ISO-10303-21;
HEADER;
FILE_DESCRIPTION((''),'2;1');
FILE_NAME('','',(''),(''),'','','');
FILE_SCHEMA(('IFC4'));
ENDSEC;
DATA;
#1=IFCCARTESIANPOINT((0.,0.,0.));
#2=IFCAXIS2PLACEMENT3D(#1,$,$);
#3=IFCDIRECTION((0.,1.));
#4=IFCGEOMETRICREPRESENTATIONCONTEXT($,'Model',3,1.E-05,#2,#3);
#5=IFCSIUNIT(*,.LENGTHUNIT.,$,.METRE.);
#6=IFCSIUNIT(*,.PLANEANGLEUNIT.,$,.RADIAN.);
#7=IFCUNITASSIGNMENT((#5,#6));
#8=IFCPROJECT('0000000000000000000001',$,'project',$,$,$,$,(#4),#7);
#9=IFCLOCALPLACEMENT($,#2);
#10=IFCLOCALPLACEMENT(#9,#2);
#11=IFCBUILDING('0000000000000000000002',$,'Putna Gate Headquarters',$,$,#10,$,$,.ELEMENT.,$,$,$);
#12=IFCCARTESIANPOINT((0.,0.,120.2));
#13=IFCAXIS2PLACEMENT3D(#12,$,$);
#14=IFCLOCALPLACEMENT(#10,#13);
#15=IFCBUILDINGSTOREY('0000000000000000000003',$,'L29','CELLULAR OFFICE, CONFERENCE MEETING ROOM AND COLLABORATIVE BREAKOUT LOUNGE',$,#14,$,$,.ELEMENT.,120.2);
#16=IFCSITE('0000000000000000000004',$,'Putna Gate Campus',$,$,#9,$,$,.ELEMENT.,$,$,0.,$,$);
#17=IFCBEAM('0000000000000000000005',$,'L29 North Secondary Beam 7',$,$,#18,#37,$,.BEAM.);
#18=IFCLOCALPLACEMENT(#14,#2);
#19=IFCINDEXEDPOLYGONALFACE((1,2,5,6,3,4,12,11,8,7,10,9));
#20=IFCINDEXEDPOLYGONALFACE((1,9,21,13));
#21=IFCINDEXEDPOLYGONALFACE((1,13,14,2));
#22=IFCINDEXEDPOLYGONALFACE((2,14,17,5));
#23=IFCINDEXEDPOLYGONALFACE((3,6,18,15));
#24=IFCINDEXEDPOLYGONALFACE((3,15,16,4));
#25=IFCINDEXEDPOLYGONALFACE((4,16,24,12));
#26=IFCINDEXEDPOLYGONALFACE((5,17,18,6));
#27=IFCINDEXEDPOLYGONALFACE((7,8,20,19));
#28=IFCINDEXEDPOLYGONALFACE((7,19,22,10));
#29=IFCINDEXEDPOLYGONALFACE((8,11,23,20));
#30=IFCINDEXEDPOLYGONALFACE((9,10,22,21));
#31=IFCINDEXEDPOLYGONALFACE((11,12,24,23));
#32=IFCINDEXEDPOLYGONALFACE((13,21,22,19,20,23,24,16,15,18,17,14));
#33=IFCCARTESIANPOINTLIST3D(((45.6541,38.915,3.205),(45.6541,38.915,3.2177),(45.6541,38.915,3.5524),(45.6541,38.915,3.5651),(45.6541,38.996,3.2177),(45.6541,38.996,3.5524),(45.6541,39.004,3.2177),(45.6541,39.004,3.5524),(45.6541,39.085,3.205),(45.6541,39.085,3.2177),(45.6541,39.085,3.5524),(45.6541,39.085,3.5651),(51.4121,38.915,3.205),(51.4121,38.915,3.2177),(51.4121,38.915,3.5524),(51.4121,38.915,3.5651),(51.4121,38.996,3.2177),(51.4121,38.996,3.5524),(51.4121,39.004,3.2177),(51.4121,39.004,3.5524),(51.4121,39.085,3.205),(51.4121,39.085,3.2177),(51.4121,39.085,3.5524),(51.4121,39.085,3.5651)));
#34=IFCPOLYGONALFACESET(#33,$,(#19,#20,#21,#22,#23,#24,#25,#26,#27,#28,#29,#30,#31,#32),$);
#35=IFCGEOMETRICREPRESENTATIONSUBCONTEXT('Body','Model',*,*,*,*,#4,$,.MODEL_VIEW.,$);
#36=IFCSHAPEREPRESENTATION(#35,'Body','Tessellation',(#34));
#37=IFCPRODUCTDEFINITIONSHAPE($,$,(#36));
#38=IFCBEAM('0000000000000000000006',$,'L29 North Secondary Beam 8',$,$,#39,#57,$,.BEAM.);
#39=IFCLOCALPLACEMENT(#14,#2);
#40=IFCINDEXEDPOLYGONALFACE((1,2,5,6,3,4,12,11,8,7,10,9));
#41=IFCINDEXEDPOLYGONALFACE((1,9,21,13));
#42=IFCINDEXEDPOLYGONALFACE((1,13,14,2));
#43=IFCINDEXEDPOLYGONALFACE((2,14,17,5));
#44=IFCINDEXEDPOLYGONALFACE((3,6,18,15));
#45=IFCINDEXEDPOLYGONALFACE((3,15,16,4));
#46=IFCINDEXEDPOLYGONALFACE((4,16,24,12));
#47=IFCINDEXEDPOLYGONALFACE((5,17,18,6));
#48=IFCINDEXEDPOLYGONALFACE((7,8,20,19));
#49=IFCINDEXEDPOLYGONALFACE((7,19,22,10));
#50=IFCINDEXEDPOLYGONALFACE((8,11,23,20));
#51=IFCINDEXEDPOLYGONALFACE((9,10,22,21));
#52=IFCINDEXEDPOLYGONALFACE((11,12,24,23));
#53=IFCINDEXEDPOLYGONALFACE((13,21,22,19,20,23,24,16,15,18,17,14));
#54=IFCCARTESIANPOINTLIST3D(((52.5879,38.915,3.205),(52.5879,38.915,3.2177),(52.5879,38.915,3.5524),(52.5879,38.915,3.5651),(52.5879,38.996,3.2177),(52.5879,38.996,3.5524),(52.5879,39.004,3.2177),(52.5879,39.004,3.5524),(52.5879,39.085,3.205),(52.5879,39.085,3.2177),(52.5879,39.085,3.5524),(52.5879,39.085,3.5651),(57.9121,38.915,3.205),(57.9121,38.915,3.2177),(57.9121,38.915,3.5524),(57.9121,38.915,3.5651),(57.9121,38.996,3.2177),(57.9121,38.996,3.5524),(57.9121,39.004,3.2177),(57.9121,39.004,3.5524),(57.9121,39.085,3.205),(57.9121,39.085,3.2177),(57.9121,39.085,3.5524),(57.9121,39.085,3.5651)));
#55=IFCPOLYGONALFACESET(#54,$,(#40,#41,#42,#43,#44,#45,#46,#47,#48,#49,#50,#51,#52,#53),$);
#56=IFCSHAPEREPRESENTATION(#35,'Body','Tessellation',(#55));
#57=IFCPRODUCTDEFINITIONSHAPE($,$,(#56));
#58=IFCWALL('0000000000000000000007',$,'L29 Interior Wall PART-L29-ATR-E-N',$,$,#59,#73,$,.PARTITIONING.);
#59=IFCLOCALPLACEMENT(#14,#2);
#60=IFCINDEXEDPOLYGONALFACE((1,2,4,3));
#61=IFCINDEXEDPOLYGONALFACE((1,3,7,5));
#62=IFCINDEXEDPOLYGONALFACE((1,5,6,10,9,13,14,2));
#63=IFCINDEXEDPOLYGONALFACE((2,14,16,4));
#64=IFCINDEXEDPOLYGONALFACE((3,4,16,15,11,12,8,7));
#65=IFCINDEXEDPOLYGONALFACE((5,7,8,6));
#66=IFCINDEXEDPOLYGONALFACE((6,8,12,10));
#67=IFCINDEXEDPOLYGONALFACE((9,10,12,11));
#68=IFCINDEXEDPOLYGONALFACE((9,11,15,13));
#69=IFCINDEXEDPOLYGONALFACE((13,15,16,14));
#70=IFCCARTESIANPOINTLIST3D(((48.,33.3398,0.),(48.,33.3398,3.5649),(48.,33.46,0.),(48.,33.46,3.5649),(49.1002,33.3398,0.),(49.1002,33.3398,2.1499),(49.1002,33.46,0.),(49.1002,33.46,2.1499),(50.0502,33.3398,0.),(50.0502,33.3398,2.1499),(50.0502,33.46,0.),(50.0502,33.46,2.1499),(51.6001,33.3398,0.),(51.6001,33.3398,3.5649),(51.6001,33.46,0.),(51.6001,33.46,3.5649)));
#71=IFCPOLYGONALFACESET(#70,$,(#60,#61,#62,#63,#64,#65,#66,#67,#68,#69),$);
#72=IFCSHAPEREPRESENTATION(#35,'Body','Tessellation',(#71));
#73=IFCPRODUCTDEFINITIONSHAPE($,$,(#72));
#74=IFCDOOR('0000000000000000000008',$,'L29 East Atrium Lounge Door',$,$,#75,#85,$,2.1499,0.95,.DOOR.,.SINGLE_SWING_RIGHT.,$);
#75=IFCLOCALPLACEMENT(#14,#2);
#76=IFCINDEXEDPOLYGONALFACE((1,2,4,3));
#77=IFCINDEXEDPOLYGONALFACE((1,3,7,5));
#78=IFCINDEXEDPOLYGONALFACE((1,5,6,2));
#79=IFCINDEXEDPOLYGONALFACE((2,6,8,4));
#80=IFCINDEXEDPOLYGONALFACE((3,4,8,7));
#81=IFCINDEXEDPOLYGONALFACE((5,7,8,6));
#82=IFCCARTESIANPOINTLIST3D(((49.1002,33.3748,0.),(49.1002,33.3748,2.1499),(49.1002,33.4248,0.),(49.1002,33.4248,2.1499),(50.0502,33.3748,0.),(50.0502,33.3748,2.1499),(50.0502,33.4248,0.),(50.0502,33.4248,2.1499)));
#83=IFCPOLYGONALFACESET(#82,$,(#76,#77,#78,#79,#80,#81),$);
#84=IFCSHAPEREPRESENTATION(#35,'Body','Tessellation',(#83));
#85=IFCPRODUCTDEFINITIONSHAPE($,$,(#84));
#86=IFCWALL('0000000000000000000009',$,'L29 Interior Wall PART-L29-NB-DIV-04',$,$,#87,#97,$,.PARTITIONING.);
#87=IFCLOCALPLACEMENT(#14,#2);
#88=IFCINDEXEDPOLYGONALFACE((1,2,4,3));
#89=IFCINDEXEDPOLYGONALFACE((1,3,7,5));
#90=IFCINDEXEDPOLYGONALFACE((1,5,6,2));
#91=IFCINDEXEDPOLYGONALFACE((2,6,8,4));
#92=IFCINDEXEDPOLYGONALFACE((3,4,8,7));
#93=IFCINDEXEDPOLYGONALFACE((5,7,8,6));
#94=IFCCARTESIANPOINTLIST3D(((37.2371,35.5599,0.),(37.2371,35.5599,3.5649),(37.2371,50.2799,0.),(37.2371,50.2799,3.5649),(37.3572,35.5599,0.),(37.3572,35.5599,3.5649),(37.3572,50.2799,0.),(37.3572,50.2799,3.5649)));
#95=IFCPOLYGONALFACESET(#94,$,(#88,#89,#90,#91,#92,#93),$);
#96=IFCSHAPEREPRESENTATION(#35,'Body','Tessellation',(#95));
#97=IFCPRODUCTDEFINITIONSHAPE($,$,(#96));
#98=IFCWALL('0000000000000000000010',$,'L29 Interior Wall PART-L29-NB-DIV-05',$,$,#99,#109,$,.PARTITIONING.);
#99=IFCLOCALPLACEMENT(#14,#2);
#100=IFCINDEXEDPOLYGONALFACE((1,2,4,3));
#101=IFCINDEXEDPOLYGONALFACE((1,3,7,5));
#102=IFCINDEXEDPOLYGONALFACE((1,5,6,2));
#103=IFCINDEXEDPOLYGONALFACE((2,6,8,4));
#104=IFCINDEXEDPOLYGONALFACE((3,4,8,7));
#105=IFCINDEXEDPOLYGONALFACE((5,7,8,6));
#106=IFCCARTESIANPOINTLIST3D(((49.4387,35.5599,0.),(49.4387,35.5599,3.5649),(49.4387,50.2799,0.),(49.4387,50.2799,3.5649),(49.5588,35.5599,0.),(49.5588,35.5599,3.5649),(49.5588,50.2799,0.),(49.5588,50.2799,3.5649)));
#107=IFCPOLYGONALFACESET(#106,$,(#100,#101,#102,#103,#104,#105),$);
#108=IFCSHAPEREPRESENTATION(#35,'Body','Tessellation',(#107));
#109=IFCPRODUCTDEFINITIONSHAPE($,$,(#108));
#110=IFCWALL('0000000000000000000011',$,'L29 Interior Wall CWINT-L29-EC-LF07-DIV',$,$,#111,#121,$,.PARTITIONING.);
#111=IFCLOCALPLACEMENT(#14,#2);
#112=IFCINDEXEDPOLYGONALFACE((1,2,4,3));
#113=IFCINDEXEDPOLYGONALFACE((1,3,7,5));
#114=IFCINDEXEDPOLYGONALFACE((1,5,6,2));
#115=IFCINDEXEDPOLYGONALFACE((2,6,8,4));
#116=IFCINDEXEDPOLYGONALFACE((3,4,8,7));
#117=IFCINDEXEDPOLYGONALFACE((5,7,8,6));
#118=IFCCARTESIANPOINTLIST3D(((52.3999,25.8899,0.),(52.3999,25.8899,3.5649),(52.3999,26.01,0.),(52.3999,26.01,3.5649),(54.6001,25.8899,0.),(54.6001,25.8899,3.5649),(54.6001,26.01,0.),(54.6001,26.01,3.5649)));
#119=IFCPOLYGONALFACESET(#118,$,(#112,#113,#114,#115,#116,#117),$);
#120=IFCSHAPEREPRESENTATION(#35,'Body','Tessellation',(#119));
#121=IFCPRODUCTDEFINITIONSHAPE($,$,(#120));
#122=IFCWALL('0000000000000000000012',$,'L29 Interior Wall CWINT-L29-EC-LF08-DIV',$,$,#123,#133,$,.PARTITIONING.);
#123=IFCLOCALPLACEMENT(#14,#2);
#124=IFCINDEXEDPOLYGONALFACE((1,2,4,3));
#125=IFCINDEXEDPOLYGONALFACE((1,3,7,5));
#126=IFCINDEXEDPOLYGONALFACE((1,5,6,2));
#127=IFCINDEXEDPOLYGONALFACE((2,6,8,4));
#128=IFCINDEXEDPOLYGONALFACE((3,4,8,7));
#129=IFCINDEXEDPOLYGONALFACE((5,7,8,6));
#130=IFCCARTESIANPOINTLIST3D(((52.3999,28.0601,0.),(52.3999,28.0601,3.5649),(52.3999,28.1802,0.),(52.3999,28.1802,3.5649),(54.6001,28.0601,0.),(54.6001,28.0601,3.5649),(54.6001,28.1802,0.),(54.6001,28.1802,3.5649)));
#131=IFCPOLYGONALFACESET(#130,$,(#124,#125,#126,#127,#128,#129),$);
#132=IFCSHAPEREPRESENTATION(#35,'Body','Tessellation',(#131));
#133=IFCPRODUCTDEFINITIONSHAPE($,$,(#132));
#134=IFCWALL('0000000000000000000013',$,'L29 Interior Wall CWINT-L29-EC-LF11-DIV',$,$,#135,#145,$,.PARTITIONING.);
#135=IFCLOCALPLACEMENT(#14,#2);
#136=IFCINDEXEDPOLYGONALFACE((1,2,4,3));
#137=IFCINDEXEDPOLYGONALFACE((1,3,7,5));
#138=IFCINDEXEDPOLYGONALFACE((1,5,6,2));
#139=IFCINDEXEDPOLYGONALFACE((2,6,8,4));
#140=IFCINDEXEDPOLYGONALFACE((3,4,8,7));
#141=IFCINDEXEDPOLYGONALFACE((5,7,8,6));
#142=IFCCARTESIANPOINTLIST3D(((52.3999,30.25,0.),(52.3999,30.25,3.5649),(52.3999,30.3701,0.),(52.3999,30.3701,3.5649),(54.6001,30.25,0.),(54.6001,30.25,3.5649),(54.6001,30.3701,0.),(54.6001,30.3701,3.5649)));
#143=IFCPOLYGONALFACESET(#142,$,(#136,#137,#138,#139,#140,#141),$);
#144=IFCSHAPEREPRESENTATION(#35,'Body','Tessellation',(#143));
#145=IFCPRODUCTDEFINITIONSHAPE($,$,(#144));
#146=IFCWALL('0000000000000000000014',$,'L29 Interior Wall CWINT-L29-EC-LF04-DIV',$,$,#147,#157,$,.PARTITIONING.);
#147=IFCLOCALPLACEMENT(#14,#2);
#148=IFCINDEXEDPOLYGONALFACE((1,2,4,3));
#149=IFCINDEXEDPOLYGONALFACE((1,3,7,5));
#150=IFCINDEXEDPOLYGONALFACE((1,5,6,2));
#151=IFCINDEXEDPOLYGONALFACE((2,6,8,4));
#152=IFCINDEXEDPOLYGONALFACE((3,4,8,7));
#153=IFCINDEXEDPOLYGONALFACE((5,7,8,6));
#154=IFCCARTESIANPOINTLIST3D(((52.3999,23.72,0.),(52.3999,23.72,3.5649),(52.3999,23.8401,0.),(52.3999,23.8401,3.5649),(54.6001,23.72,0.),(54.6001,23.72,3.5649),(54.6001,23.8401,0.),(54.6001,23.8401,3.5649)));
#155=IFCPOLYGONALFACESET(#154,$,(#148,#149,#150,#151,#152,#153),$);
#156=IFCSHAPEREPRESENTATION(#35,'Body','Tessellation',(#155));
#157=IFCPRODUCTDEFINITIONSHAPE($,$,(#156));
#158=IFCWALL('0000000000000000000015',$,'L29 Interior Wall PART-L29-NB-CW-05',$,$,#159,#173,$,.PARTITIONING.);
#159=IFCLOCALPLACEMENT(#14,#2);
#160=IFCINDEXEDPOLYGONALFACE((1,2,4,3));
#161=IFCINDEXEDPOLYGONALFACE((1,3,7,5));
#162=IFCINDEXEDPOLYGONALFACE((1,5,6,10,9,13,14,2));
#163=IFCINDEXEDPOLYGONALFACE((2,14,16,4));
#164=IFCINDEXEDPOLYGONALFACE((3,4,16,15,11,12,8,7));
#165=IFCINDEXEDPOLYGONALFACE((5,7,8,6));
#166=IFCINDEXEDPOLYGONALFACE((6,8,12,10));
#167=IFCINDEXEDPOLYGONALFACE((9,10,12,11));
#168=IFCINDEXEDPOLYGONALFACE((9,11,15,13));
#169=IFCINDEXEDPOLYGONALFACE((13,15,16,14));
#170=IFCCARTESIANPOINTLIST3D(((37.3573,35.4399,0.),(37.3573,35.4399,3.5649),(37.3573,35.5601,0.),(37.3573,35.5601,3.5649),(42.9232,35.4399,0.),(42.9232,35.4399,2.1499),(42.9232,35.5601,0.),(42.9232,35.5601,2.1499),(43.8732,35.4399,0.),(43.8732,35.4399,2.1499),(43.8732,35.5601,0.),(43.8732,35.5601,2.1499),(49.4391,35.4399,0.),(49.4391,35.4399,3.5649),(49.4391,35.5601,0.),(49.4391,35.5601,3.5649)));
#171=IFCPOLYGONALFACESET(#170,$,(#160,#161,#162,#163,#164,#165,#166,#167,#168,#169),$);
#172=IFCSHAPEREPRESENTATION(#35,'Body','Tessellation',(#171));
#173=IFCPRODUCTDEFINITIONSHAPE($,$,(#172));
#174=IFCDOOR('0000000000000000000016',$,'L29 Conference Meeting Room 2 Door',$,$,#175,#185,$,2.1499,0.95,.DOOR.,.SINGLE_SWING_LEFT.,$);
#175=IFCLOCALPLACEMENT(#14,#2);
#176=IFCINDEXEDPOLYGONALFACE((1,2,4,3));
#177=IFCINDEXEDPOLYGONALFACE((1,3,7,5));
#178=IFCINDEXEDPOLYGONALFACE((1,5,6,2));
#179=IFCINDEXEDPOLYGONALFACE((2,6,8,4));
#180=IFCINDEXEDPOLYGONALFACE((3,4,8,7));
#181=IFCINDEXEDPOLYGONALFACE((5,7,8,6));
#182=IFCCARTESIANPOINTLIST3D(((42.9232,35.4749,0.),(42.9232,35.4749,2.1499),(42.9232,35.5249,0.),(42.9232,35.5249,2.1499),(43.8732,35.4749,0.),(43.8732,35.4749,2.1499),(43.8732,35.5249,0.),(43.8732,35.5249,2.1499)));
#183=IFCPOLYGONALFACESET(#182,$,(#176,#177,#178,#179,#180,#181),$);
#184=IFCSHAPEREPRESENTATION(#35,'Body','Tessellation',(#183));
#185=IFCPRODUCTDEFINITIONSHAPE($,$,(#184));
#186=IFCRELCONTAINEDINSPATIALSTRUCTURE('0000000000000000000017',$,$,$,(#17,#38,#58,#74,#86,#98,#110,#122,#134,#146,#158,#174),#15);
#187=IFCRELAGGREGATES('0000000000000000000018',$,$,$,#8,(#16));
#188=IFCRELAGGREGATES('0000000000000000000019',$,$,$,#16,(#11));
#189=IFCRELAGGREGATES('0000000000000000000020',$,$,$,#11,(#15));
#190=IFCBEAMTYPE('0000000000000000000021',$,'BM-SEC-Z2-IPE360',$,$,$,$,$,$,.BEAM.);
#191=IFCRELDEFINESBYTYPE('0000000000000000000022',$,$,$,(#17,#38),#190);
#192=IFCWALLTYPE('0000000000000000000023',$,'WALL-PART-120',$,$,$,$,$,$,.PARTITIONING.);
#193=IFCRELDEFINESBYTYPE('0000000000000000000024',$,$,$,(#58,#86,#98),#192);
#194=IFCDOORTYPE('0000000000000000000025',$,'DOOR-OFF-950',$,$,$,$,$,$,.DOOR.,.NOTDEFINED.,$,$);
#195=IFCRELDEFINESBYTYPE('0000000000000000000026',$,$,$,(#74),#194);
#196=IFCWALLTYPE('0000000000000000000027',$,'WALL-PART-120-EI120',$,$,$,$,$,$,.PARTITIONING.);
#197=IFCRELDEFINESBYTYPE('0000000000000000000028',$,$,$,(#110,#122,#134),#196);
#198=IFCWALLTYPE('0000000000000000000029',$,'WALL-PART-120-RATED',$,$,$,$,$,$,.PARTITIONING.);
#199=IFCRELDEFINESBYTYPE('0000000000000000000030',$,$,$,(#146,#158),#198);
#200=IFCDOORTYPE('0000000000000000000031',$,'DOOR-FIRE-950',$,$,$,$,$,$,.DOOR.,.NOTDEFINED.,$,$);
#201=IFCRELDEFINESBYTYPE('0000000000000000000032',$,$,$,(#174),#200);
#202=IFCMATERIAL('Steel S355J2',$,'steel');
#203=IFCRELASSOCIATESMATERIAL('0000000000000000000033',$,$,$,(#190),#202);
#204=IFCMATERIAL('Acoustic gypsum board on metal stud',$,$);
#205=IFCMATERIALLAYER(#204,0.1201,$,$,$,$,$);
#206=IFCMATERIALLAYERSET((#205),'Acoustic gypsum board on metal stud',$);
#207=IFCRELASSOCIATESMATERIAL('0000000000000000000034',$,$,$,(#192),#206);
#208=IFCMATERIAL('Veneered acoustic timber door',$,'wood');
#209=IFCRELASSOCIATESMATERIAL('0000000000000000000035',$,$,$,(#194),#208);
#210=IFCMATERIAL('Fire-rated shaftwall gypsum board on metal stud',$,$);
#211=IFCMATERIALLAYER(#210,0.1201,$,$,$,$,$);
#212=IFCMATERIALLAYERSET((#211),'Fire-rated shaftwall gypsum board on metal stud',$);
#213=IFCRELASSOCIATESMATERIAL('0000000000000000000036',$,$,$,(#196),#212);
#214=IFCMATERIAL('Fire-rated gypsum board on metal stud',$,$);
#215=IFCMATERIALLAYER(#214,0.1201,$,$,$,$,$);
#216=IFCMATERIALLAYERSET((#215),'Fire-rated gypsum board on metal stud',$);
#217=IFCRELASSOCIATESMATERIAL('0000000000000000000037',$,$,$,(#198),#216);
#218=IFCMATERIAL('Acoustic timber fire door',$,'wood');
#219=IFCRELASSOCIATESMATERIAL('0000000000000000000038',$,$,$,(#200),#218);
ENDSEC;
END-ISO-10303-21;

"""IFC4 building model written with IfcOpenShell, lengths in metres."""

from ifc_helpers import new_model, si_unit, direction, frame, frame_2d, origin, origin_2d, place, context, subcontext, project, spatial, rectangle, i_section, extrude, material, layer, layer_set, material_profile, profile_set, type_object, element, fill, save


model = new_model("IFC4")

# Units and contexts
model_context = context("Model", 3, precision=1e-05, world=origin(), true_north=direction((0.0, 1.0)))
body_context = subcontext(model_context, "Body", "Model", "MODEL_VIEW")
ifc_project = project(units=[si_unit("LENGTHUNIT", "METRE"), si_unit("PLANEANGLEUNIT", "RADIAN")], contexts=[model_context])

# Site, building, storey
site_placement = place(None, origin())
site = spatial("IfcSite", under=ifc_project, at=site_placement, Name="Putna Gate Campus", CompositionType="ELEMENT", RefElevation=0.0)
building_placement = place(site_placement, origin())
building = spatial("IfcBuilding", under=site, at=building_placement, Name="Putna Gate Headquarters", CompositionType="ELEMENT")
storey_placement = place(building_placement, frame((0.0, 0.0, 120.2)))
storey = spatial("IfcBuildingStorey", under=building, at=storey_placement, Name="L29", Description="CELLULAR OFFICE, CONFERENCE MEETING ROOM AND COLLABORATIVE BREAKOUT LOUNGE", CompositionType="ELEMENT", Elevation=120.2)

# Beams
ifc_material_1 = material(Name="Steel S355J2", Category="steel")
ifc_material_profile_1 = material_profile(ifc_material_1, i_section(OverallWidth=0.1699, OverallDepth=0.3601, WebThickness=0.0081, FlangeThickness=0.0127, at=origin_2d()), Name="Steel S355J2")
ifc_profile_set_1 = profile_set([ifc_material_profile_1], Name="Steel S355J2")
beam_type_1 = type_object("IfcBeamType", Name="BM-SEC-Z2-IPE360", PredefinedType="BEAM", material=ifc_profile_set_1)
beam_1_placement = place(storey_placement, frame((45.6541, 39.0, 3.385), z_axis=(1.0, 0.0, 0.0), x_axis=(0.0, 1.0, 0.0)))
element("IfcBeam", 1, at=beam_1_placement, inside=storey, type_object=beam_type_1, Name="L29 North Secondary Beam 7", PredefinedType="BEAM", context=body_context, shape_type="SweptSolid", body=[
    extrude(i_section(OverallWidth=0.1699, OverallDepth=0.3601, WebThickness=0.0081, FlangeThickness=0.0127, at=origin_2d()), origin(), (0.0, 0.0, 1.0), 5.7581),
])
beam_2_placement = place(storey_placement, frame((52.5879, 39.0, 3.385), z_axis=(1.0, 0.0, 0.0), x_axis=(0.0, 1.0, 0.0)))
element("IfcBeam", 2, at=beam_2_placement, inside=storey, type_object=beam_type_1, Name="L29 North Secondary Beam 8", PredefinedType="BEAM", context=body_context, shape_type="SweptSolid", body=[
    extrude(i_section(OverallWidth=0.1699, OverallDepth=0.3601, WebThickness=0.0081, FlangeThickness=0.0127, at=origin_2d()), origin(), (0.0, 0.0, 1.0), 5.3242),
])

# Wall, opening, door
ifc_material_2 = material(Name="Acoustic gypsum board on metal stud")
ifc_layer_1 = layer(ifc_material_2, 0.1201)
ifc_layer_set_1 = layer_set([ifc_layer_1], Name="Acoustic gypsum board on metal stud")
wall_type_1 = type_object("IfcWallType", Name="WALL-PART-120", PredefinedType="PARTITIONING", material=ifc_layer_set_1)
wall_1_placement = place(storey_placement, frame((48.0, 33.3999, 0.0), z_axis=(0.0, 0.0, 1.0), x_axis=(1.0, 0.0, 0.0)))
wall_1 = element("IfcWall", 3, at=wall_1_placement, inside=storey, type_object=wall_type_1, Name="L29 Interior Wall PART-L29-ATR-E-N", PredefinedType="PARTITIONING", context=body_context, shape_type="SweptSolid", body=[
    extrude(rectangle(XDim=3.6001, YDim=0.1201, at=frame_2d((1.8, 0.0))), origin(), (0.0, 0.0, 1.0), 3.5649),
])
opening_1_placement = place(wall_1_placement, frame((1.1001, 0.0, 0.0)))
opening_1 = element("IfcOpeningElement", 4, at=opening_1_placement, cuts=wall_1, PredefinedType="OPENING", context=body_context, shape_type="SweptSolid", body=[
    extrude(rectangle(XDim=0.95, YDim=2.1499, at=frame_2d((0.4751, 1.075))), frame((0.0, 0.0701, 0.0), z_axis=(0.0, -1.0, 0.0), x_axis=(1.0, 0.0, 0.0)), (0.0, 0.0, 1.0), 0.1401),
])
ifc_material_3 = material(Name="Veneered acoustic timber door", Category="wood")
door_type_1 = type_object("IfcDoorType", Name="DOOR-OFF-950", OperationType="NOTDEFINED", PredefinedType="DOOR", material=ifc_material_3)
door_1_placement = place(opening_1_placement, origin())
door_1 = element("IfcDoor", 5, at=door_1_placement, inside=storey, type_object=door_type_1, Name="L29 East Atrium Lounge Door", OperationType="SINGLE_SWING_RIGHT", OverallHeight=2.1499, OverallWidth=0.95, PredefinedType="DOOR", context=body_context, shape_type="SweptSolid", body=[
    extrude(rectangle(XDim=0.95, YDim=2.1499, at=frame_2d((0.4751, 1.075))), frame((0.0, 0.0249, 0.0), z_axis=(0.0, -1.0, 0.0), x_axis=(1.0, 0.0, 0.0)), (0.0, 0.0, 1.0), 0.05),
])
fill(opening_1, door_1)

# Walls
for number, where, z_axis, x_axis, name in (
    (6, (37.2971, 35.5601, 0.0), (0.0, 0.0, 1.0), (0.0, 1.0, 0.0), "L29 Interior Wall PART-L29-NB-DIV-04"),
    (7, (49.4988, 35.5601, 0.0), (0.0, 0.0, 1.0), (0.0, 1.0, 0.0), "L29 Interior Wall PART-L29-NB-DIV-05"),
):
    element("IfcWall", number, at=place(storey_placement, frame(where, z_axis=z_axis, x_axis=x_axis)), inside=storey, type_object=wall_type_1, Name=name, PredefinedType="PARTITIONING", context=body_context, shape_type="SweptSolid", body=[
        extrude(rectangle(XDim=14.72, YDim=0.1201, at=frame_2d((7.3599, 0.0))), origin(), (0.0, 0.0, 1.0), 3.5649),
    ])
ifc_material_4 = material(Name="Fire-rated shaftwall gypsum board on metal stud")
ifc_layer_2 = layer(ifc_material_4, 0.1201)
ifc_layer_set_2 = layer_set([ifc_layer_2], Name="Fire-rated shaftwall gypsum board on metal stud")
wall_type_2 = type_object("IfcWallType", Name="WALL-PART-120-EI120", PredefinedType="PARTITIONING", material=ifc_layer_set_2)
for number, where, z_axis, x_axis, name in (
    (8, (52.3999, 25.95, 0.0), (0.0, 0.0, 1.0), (1.0, 0.0, 0.0), "L29 Interior Wall CWINT-L29-EC-LF07-DIV"),
    (9, (52.3999, 28.1201, 0.0), (0.0, 0.0, 1.0), (1.0, 0.0, 0.0), "L29 Interior Wall CWINT-L29-EC-LF08-DIV"),
    (10, (52.3999, 30.3101, 0.0), (0.0, 0.0, 1.0), (1.0, 0.0, 0.0), "L29 Interior Wall CWINT-L29-EC-LF11-DIV"),
):
    element("IfcWall", number, at=place(storey_placement, frame(where, z_axis=z_axis, x_axis=x_axis)), inside=storey, type_object=wall_type_2, Name=name, PredefinedType="PARTITIONING", context=body_context, shape_type="SweptSolid", body=[
        extrude(rectangle(XDim=2.2002, YDim=0.1201, at=frame_2d((1.1001, 0.0))), origin(), (0.0, 0.0, 1.0), 3.5649),
    ])
ifc_material_5 = material(Name="Fire-rated gypsum board on metal stud")
ifc_layer_3 = layer(ifc_material_5, 0.1201)
ifc_layer_set_3 = layer_set([ifc_layer_3], Name="Fire-rated gypsum board on metal stud")
wall_type_3 = type_object("IfcWallType", Name="WALL-PART-120-RATED", PredefinedType="PARTITIONING", material=ifc_layer_set_3)
wall_2_placement = place(storey_placement, frame((52.3999, 23.78, 0.0), z_axis=(0.0, 0.0, 1.0), x_axis=(1.0, 0.0, 0.0)))
element("IfcWall", 11, at=wall_2_placement, inside=storey, type_object=wall_type_3, Name="L29 Interior Wall CWINT-L29-EC-LF04-DIV", PredefinedType="PARTITIONING", context=body_context, shape_type="SweptSolid", body=[
    extrude(rectangle(XDim=2.2002, YDim=0.1201, at=frame_2d((1.1001, 0.0))), origin(), (0.0, 0.0, 1.0), 3.5649),
])

# Wall, opening, door
wall_3_placement = place(storey_placement, frame((37.3572, 35.5, 0.0), z_axis=(0.0, 0.0, 1.0), x_axis=(1.0, 0.0, 0.0)))
wall_3 = element("IfcWall", 12, at=wall_3_placement, inside=storey, type_object=wall_type_3, Name="L29 Interior Wall PART-L29-NB-CW-05", PredefinedType="PARTITIONING", context=body_context, shape_type="SweptSolid", body=[
    extrude(rectangle(XDim=12.0818, YDim=0.1201, at=frame_2d((6.041, 0.0))), origin(), (0.0, 0.0, 1.0), 3.5649),
])
opening_2_placement = place(wall_3_placement, frame((5.5659, 0.0, 0.0)))
opening_2 = element("IfcOpeningElement", 13, at=opening_2_placement, cuts=wall_3, PredefinedType="OPENING", context=body_context, shape_type="SweptSolid", body=[
    extrude(rectangle(XDim=0.95, YDim=2.1499, at=frame_2d((0.4751, 1.075))), frame((0.0, 0.0701, 0.0), z_axis=(0.0, -1.0, 0.0), x_axis=(1.0, 0.0, 0.0)), (0.0, 0.0, 1.0), 0.1401),
])
ifc_material_6 = material(Name="Acoustic timber fire door", Category="wood")
door_type_2 = type_object("IfcDoorType", Name="DOOR-FIRE-950", OperationType="NOTDEFINED", PredefinedType="DOOR", material=ifc_material_6)
door_2_placement = place(opening_2_placement, origin())
door_2 = element("IfcDoor", 14, at=door_2_placement, inside=storey, type_object=door_type_2, Name="L29 Conference Meeting Room 2 Door", OperationType="SINGLE_SWING_LEFT", OverallHeight=2.1499, OverallWidth=0.95, PredefinedType="DOOR", context=body_context, shape_type="SweptSolid", body=[
    extrude(rectangle(XDim=0.95, YDim=2.1499, at=frame_2d((0.4751, 1.075))), frame((0.0, 0.0249, 0.0), z_axis=(0.0, -1.0, 0.0), x_axis=(1.0, 0.0, 0.0)), (0.0, 0.0, 1.0), 0.05),
])
fill(opening_2, door_2)

save(model, "model.ifc")
